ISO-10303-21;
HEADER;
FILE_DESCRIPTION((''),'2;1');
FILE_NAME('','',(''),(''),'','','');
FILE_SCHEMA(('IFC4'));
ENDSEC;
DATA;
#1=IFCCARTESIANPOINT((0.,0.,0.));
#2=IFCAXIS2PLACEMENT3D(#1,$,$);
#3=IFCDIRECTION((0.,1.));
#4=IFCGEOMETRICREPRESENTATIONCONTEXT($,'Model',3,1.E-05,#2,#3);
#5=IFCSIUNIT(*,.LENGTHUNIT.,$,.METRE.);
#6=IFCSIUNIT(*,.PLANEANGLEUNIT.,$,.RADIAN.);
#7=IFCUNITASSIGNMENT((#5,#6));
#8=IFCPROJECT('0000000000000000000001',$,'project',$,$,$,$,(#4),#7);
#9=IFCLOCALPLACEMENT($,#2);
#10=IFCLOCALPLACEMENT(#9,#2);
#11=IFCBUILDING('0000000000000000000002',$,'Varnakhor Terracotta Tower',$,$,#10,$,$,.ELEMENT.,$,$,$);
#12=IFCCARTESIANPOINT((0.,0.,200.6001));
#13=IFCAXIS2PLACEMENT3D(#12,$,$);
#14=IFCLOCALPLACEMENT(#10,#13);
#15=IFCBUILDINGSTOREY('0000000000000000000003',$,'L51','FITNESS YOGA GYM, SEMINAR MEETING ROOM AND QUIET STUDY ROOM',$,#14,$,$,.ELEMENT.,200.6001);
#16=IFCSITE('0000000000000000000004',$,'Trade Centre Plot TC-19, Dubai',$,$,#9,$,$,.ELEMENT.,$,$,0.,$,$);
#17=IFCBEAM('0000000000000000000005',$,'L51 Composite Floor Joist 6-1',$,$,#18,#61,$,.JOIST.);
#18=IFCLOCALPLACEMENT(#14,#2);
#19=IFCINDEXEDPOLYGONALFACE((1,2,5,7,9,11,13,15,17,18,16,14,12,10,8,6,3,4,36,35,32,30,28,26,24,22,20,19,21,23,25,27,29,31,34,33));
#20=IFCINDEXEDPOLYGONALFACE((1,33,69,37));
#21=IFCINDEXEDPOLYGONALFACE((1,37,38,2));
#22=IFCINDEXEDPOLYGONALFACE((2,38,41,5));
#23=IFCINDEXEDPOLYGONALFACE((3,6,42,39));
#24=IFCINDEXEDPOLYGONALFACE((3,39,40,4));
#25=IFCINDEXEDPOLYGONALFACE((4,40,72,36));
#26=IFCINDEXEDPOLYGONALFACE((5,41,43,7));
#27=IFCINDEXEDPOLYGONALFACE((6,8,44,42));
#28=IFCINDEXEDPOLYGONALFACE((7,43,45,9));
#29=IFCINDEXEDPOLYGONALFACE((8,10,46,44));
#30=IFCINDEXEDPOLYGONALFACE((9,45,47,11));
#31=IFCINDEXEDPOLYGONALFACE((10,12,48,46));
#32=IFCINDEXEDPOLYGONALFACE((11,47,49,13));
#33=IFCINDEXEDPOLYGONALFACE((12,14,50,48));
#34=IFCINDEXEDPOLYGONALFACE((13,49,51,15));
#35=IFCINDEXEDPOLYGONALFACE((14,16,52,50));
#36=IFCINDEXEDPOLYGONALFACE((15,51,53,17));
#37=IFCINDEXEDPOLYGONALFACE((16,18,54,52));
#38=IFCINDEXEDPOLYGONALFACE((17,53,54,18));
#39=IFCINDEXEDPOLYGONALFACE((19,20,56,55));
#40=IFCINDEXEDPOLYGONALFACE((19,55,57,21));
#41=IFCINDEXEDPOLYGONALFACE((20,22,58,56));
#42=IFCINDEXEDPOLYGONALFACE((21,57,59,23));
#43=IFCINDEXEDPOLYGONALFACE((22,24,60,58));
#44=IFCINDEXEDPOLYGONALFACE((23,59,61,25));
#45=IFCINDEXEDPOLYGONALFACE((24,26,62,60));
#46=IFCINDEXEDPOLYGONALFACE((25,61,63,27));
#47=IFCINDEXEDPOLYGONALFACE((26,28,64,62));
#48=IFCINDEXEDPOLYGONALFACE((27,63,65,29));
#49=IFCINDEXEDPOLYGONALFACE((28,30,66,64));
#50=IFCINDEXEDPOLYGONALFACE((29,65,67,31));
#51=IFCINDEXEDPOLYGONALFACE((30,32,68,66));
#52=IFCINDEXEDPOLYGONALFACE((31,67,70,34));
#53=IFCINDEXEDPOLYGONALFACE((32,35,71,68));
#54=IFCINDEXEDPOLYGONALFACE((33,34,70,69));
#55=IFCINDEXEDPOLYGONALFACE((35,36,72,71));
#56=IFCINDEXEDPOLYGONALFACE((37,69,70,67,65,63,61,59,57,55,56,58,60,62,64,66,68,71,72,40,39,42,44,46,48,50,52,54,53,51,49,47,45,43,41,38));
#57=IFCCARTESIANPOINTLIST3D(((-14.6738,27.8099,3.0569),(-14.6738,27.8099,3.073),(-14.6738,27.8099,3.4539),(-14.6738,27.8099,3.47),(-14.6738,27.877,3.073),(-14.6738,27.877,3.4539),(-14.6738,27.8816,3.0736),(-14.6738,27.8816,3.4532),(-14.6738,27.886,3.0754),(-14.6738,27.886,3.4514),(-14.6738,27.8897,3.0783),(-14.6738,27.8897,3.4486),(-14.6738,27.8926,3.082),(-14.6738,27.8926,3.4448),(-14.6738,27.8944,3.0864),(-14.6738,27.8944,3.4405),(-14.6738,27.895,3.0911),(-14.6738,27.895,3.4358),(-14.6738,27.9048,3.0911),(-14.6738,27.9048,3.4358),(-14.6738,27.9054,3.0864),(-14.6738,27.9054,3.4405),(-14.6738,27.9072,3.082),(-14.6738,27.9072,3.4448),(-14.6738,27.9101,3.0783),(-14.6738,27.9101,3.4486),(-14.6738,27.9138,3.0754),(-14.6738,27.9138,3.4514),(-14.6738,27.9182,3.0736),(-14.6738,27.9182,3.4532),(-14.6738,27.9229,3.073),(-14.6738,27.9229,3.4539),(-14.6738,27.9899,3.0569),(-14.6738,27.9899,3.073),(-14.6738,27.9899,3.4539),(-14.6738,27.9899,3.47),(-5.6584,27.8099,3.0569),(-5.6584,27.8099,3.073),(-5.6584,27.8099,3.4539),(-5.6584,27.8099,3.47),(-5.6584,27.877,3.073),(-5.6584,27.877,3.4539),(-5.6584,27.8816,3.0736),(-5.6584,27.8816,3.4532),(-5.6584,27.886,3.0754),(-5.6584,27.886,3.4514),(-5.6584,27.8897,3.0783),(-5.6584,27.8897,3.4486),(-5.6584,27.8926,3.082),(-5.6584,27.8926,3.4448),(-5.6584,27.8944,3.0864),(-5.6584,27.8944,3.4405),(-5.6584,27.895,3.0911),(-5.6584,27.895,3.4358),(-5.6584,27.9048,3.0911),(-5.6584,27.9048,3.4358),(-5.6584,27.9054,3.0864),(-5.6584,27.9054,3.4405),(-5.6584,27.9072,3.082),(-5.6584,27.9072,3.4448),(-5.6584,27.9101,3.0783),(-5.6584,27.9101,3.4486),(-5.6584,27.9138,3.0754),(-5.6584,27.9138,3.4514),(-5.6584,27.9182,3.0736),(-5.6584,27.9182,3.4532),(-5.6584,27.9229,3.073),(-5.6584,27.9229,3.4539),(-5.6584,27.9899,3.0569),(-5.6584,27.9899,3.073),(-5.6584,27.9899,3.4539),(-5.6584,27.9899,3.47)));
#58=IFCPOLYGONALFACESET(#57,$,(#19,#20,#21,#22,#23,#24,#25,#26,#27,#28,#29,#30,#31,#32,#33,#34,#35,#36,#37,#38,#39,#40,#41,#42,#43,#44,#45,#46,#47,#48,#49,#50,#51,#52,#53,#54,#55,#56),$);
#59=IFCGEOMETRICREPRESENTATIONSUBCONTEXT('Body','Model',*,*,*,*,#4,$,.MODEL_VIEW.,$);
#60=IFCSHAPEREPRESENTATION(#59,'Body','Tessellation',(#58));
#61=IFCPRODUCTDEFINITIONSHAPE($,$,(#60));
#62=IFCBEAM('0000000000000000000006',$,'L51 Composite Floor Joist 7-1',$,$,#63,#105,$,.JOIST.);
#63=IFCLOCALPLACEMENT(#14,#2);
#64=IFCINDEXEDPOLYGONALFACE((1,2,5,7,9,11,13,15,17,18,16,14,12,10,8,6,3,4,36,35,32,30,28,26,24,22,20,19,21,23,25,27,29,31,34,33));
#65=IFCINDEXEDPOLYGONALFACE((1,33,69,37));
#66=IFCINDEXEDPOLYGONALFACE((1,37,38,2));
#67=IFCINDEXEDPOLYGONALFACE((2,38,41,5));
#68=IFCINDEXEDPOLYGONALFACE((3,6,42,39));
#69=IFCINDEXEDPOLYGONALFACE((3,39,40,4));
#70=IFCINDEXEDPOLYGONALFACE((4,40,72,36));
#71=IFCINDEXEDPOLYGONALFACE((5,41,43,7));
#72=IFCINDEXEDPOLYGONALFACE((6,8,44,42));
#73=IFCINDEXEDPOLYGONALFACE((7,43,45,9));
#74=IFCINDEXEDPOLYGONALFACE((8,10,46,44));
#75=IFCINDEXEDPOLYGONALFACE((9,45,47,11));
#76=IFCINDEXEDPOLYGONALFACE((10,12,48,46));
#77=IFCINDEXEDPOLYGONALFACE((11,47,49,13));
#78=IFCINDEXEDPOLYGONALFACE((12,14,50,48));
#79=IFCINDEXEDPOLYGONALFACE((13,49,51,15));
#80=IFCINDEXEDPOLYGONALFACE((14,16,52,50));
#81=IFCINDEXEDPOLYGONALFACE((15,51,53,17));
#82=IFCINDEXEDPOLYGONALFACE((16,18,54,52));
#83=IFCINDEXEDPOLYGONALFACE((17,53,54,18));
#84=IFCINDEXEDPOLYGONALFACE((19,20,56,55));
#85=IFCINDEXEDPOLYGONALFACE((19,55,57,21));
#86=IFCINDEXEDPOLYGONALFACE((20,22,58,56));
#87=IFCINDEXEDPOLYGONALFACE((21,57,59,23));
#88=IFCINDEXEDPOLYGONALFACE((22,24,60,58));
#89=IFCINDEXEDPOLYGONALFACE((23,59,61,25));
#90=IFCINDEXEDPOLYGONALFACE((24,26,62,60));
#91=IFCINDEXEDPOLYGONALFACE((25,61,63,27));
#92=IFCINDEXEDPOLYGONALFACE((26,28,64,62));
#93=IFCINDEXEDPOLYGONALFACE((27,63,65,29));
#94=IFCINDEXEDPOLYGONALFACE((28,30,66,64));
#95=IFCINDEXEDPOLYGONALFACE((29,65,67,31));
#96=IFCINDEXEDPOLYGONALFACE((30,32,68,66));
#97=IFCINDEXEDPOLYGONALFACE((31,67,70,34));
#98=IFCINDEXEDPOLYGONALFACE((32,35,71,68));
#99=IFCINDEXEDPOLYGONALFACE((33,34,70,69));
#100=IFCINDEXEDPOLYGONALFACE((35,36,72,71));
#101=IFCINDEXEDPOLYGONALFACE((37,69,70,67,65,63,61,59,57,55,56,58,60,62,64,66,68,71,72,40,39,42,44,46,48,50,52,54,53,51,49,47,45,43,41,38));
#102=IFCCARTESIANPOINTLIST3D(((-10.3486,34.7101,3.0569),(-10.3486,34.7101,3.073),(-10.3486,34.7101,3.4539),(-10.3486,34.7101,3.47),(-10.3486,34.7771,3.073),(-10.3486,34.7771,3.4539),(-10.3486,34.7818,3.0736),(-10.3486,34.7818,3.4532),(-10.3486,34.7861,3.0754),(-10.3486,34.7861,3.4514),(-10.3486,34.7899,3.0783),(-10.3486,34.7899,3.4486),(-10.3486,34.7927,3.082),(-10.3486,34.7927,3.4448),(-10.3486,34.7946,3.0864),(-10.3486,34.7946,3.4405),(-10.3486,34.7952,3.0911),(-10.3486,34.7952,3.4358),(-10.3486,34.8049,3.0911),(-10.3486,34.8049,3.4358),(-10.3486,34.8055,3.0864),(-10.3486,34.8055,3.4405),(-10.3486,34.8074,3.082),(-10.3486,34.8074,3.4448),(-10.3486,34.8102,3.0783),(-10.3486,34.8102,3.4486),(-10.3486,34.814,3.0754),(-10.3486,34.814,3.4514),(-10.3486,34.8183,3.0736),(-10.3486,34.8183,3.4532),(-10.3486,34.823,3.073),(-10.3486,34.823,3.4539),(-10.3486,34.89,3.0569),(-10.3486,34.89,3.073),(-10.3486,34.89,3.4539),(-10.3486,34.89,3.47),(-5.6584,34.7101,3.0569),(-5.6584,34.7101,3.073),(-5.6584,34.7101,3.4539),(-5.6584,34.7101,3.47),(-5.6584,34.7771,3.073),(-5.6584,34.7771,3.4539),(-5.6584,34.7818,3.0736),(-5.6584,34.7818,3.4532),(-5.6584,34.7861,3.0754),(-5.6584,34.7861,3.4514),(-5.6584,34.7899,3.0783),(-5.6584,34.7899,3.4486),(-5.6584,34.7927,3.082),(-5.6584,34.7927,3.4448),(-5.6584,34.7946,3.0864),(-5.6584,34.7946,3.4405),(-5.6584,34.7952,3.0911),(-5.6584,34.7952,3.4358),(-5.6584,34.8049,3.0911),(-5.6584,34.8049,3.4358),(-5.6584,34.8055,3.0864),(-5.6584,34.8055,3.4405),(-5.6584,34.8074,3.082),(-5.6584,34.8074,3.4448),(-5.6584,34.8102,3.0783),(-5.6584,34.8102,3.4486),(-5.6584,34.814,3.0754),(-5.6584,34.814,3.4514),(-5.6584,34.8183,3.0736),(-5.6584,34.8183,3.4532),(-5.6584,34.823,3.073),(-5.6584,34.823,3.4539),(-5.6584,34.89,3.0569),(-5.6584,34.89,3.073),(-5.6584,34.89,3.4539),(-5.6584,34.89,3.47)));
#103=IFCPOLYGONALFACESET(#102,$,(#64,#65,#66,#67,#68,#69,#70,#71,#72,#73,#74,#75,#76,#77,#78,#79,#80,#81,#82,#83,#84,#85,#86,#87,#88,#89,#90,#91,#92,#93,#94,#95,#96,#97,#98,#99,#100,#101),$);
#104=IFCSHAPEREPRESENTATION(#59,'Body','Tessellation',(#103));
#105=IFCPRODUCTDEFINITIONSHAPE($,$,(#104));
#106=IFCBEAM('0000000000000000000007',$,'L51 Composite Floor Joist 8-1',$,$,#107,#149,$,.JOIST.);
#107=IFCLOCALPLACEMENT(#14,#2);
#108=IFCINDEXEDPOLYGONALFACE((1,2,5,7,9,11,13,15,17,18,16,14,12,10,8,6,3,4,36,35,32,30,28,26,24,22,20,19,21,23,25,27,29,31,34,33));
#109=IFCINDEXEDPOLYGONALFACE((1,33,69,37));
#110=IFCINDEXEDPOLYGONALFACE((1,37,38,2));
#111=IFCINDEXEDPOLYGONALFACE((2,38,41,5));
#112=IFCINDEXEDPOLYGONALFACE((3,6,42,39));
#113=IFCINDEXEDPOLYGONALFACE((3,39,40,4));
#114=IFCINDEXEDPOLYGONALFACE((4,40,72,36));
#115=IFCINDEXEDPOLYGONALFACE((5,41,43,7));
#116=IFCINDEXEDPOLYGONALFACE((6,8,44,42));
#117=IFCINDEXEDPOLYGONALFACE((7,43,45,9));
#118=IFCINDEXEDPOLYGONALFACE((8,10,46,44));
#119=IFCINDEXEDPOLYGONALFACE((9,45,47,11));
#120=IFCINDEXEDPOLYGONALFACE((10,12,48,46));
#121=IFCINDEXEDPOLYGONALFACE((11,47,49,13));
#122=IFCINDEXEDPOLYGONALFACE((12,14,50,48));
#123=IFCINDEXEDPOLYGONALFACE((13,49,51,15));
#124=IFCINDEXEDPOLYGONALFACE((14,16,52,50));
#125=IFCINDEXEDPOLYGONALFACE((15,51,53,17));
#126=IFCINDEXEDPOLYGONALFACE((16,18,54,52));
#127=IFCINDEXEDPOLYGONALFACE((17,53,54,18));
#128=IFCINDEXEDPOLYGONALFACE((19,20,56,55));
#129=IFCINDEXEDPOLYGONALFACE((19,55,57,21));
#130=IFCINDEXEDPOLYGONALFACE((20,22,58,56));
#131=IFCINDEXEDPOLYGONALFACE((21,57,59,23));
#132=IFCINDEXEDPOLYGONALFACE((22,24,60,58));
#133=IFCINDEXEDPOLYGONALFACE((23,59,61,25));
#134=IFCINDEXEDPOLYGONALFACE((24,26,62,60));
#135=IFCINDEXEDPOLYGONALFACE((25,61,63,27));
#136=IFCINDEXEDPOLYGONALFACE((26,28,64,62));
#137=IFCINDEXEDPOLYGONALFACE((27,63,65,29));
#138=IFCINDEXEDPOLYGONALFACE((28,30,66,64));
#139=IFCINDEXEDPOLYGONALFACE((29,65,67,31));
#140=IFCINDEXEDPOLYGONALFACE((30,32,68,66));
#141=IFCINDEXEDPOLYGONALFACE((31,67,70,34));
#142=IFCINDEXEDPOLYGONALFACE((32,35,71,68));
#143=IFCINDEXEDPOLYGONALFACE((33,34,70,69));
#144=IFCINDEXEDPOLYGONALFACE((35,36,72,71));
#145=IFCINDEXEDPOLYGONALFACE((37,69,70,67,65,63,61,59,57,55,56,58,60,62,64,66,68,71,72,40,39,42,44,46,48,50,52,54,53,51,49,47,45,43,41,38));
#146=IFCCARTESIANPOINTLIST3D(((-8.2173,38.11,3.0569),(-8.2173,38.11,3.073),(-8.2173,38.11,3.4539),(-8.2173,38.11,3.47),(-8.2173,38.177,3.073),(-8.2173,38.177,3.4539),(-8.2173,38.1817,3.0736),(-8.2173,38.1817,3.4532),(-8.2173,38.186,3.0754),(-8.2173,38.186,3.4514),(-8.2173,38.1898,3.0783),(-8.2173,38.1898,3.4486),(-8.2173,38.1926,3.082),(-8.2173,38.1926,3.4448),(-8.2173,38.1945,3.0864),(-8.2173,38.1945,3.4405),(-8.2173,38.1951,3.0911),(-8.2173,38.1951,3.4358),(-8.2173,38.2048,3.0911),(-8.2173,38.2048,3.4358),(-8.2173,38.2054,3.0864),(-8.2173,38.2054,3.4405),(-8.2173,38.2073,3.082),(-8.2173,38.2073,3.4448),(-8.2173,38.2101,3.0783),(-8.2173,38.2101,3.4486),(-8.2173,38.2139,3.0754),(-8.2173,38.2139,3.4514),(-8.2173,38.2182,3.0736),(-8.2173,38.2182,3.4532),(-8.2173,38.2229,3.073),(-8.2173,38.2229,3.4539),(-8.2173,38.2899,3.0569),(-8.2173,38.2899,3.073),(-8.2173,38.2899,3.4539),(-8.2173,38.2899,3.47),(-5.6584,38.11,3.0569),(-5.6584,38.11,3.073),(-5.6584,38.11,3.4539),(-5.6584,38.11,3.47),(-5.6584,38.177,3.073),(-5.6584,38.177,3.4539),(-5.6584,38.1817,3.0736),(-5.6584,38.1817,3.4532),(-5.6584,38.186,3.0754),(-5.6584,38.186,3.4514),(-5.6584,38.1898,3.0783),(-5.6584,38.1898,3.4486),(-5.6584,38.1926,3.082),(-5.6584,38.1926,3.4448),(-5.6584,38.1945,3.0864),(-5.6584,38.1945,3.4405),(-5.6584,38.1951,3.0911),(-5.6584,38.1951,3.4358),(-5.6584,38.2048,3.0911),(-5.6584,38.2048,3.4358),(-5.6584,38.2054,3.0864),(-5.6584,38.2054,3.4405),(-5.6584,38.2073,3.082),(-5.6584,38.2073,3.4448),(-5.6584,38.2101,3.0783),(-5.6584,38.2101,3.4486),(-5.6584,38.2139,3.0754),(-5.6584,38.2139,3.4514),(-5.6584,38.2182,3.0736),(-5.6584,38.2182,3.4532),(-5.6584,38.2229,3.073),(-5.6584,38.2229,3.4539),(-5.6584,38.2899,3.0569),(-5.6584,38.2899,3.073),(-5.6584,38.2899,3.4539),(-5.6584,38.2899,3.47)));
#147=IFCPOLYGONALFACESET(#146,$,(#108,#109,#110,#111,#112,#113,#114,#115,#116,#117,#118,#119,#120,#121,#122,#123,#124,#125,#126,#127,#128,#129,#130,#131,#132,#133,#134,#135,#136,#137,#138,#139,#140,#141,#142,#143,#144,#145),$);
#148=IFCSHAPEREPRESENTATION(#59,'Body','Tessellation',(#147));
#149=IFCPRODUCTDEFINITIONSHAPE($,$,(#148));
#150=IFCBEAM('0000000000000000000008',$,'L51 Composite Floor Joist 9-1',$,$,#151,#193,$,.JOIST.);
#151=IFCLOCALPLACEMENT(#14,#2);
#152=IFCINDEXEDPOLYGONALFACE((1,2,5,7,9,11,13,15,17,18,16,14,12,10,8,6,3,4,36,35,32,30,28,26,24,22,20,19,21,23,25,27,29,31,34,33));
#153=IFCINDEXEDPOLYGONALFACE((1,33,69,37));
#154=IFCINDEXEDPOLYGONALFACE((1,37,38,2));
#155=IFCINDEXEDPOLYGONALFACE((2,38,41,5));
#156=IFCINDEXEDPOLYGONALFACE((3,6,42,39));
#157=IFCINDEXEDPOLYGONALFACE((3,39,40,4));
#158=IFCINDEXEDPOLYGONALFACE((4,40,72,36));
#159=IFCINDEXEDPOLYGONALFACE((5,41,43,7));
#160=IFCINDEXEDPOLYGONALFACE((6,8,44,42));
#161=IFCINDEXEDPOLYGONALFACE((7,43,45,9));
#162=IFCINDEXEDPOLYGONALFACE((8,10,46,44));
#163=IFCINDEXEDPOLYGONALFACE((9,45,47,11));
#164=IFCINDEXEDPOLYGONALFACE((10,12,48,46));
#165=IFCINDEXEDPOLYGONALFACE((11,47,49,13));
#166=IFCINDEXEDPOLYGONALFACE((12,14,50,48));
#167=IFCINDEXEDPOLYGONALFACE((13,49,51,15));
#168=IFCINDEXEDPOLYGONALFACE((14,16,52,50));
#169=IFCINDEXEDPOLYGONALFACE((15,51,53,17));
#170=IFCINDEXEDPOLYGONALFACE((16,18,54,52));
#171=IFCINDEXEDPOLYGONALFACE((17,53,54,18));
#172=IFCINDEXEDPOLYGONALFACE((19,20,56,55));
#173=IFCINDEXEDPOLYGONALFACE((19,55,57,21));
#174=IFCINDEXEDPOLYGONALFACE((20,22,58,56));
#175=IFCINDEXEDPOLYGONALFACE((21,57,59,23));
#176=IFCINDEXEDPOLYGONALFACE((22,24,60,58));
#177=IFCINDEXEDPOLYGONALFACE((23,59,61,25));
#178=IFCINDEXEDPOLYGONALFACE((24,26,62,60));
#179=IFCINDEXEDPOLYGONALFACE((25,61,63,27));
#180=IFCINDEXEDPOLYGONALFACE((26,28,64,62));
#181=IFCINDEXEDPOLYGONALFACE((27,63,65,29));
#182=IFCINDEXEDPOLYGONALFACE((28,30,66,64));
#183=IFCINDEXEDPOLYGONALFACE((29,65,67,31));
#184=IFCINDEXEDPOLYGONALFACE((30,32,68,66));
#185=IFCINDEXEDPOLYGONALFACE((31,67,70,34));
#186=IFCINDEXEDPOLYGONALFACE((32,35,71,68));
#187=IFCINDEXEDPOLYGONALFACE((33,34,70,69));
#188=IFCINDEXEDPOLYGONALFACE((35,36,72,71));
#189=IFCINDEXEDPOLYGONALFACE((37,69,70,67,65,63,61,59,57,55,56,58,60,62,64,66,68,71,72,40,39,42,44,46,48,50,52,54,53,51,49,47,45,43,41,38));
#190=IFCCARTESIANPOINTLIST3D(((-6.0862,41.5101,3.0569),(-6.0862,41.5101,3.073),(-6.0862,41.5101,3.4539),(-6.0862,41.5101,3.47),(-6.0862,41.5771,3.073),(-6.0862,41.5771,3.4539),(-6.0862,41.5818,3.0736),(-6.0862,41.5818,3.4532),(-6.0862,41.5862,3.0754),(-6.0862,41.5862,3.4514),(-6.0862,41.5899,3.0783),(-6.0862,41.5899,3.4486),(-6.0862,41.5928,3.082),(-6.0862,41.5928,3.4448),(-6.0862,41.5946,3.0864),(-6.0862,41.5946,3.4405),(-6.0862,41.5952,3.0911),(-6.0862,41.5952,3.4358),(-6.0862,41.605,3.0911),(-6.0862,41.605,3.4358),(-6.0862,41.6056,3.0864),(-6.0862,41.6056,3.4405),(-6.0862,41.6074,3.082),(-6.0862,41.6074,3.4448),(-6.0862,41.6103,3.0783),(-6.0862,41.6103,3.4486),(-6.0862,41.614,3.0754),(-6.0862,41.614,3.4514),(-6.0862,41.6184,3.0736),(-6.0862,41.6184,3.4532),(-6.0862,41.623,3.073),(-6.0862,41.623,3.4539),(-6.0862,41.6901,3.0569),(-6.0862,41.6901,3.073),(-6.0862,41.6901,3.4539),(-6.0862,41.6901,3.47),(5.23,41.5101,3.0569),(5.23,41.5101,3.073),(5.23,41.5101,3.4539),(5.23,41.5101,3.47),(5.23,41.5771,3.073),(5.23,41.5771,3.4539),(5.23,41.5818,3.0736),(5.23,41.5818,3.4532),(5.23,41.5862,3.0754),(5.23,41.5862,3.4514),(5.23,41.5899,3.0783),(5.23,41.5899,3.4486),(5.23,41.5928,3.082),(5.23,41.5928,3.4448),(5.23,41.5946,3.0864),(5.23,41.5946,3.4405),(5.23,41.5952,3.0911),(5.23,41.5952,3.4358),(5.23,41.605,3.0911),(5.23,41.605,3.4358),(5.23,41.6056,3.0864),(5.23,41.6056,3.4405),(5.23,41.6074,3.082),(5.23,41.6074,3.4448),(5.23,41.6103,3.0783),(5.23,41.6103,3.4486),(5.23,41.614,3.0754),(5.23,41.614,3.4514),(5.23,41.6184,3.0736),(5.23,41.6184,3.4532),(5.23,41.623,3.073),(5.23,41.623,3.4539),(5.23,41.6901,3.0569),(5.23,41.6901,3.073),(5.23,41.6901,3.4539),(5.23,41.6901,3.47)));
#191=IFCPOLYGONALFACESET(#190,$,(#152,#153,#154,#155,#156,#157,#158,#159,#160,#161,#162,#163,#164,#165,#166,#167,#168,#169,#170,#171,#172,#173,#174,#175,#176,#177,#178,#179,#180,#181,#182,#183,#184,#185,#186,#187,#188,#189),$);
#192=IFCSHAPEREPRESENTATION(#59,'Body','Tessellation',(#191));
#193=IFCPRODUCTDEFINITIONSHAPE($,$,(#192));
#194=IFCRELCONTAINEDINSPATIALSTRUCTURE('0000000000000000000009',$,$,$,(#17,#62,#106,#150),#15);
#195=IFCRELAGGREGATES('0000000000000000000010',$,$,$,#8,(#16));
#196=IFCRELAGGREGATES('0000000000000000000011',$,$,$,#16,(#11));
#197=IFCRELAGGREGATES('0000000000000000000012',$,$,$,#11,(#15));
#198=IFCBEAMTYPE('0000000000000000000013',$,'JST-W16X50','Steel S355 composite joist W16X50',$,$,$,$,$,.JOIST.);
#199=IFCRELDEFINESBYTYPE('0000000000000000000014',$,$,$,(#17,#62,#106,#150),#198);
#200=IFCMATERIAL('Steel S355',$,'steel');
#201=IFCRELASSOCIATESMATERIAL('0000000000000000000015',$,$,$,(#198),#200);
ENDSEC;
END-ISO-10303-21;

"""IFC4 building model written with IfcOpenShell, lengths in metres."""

from ifc_helpers import new_model, si_unit, direction, frame, origin, origin_2d, place, context, subcontext, project, spatial, i_section, extrude, source, transform, mapped, material, material_profile, profile_set, type_object, element, save


model = new_model("IFC4")

# Units and contexts
model_context = context("Model", 3, precision=1e-05, world=origin(), true_north=direction((0.0, 1.0)))
body_context = subcontext(model_context, "Body", "Model", "MODEL_VIEW")
ifc_project = project(units=[si_unit("LENGTHUNIT", "METRE"), si_unit("PLANEANGLEUNIT", "RADIAN")], contexts=[model_context])

# Site, building, storey
site_placement = place(None, origin())
site = spatial("IfcSite", under=ifc_project, at=site_placement, Name="Trade Centre Plot TC-19, Dubai", CompositionType="ELEMENT", RefElevation=0.0)
building_placement = place(site_placement, origin())
building = spatial("IfcBuilding", under=site, at=building_placement, Name="Varnakhor Terracotta Tower", CompositionType="ELEMENT")
storey_placement = place(building_placement, frame((0.0, 0.0, 200.6001)))
storey = spatial("IfcBuildingStorey", under=building, at=storey_placement, Name="L51", Description="FITNESS YOGA GYM, SEMINAR MEETING ROOM AND QUIET STUDY ROOM", CompositionType="ELEMENT", Elevation=200.6001)

# Beams
ifc_material_1 = material(Name="Steel S355", Category="steel")
ifc_material_profile_1 = material_profile(ifc_material_1, i_section(OverallWidth=0.1799, OverallDepth=0.4131, WebThickness=0.0098, FlangeThickness=0.0161, FilletRadius=0.0181, at=origin_2d()), Name="W16X50")
ifc_profile_set_1 = profile_set([ifc_material_profile_1], Name="Steel S355")
beam_type_1 = type_object("IfcBeamType", Name="JST-W16X50", Description="Steel S355 composite joist W16X50", PredefinedType="JOIST", material=ifc_profile_set_1)
shared_shape_1 = source(origin(), body_context, "Body", "SweptSolid", [
    extrude(i_section(OverallWidth=0.1799, OverallDepth=0.4131, WebThickness=0.0098, FlangeThickness=0.0161, FilletRadius=0.0181, at=origin_2d()), origin(), (0.0, 0.0, 1.0), 9.0154),
])
beam_1_placement = place(storey_placement, frame((-14.6738, 27.8999, 3.2634), z_axis=(1.0, 0.0, 0.0), x_axis=(0.0, 1.0, 0.0)))
element("IfcBeam", 1, at=beam_1_placement, inside=storey, type_object=beam_type_1, Name="L51 Composite Floor Joist 6-1", PredefinedType="JOIST", context=body_context, shape_type="MappedRepresentation", body=[
    mapped(shared_shape_1, transform((0.0, 0.0, 0.0), scale=1.0)),
])
shared_shape_2 = source(origin(), body_context, "Body", "SweptSolid", [
    extrude(i_section(OverallWidth=0.1799, OverallDepth=0.4131, WebThickness=0.0098, FlangeThickness=0.0161, FilletRadius=0.0181, at=origin_2d()), origin(), (0.0, 0.0, 1.0), 4.6902),
])
beam_2_placement = place(storey_placement, frame((-10.3486, 34.8, 3.2634), z_axis=(1.0, 0.0, 0.0), x_axis=(0.0, 1.0, 0.0)))
element("IfcBeam", 2, at=beam_2_placement, inside=storey, type_object=beam_type_1, Name="L51 Composite Floor Joist 7-1", PredefinedType="JOIST", context=body_context, shape_type="MappedRepresentation", body=[
    mapped(shared_shape_2, transform((0.0, 0.0, 0.0), scale=1.0)),
])
shared_shape_3 = source(origin(), body_context, "Body", "SweptSolid", [
    extrude(i_section(OverallWidth=0.1799, OverallDepth=0.4131, WebThickness=0.0098, FlangeThickness=0.0161, FilletRadius=0.0181, at=origin_2d()), origin(), (0.0, 0.0, 1.0), 2.5588),
])
beam_3_placement = place(storey_placement, frame((-8.2173, 38.2, 3.2634), z_axis=(1.0, 0.0, 0.0), x_axis=(0.0, 1.0, 0.0)))
element("IfcBeam", 3, at=beam_3_placement, inside=storey, type_object=beam_type_1, Name="L51 Composite Floor Joist 8-1", PredefinedType="JOIST", context=body_context, shape_type="MappedRepresentation", body=[
    mapped(shared_shape_3, transform((0.0, 0.0, 0.0), scale=1.0)),
])
shared_shape_4 = source(origin(), body_context, "Body", "SweptSolid", [
    extrude(i_section(OverallWidth=0.1799, OverallDepth=0.4131, WebThickness=0.0098, FlangeThickness=0.0161, FilletRadius=0.0181, at=origin_2d()), origin(), (0.0, 0.0, 1.0), 11.3162),
])
beam_4_placement = place(storey_placement, frame((-6.0862, 41.6001, 3.2634), z_axis=(1.0, 0.0, 0.0), x_axis=(0.0, 1.0, 0.0)))
element("IfcBeam", 4, at=beam_4_placement, inside=storey, type_object=beam_type_1, Name="L51 Composite Floor Joist 9-1", PredefinedType="JOIST", context=body_context, shape_type="MappedRepresentation", body=[
    mapped(shared_shape_4, transform((0.0, 0.0, 0.0), scale=1.0)),
])

save(model, "model.ifc")
